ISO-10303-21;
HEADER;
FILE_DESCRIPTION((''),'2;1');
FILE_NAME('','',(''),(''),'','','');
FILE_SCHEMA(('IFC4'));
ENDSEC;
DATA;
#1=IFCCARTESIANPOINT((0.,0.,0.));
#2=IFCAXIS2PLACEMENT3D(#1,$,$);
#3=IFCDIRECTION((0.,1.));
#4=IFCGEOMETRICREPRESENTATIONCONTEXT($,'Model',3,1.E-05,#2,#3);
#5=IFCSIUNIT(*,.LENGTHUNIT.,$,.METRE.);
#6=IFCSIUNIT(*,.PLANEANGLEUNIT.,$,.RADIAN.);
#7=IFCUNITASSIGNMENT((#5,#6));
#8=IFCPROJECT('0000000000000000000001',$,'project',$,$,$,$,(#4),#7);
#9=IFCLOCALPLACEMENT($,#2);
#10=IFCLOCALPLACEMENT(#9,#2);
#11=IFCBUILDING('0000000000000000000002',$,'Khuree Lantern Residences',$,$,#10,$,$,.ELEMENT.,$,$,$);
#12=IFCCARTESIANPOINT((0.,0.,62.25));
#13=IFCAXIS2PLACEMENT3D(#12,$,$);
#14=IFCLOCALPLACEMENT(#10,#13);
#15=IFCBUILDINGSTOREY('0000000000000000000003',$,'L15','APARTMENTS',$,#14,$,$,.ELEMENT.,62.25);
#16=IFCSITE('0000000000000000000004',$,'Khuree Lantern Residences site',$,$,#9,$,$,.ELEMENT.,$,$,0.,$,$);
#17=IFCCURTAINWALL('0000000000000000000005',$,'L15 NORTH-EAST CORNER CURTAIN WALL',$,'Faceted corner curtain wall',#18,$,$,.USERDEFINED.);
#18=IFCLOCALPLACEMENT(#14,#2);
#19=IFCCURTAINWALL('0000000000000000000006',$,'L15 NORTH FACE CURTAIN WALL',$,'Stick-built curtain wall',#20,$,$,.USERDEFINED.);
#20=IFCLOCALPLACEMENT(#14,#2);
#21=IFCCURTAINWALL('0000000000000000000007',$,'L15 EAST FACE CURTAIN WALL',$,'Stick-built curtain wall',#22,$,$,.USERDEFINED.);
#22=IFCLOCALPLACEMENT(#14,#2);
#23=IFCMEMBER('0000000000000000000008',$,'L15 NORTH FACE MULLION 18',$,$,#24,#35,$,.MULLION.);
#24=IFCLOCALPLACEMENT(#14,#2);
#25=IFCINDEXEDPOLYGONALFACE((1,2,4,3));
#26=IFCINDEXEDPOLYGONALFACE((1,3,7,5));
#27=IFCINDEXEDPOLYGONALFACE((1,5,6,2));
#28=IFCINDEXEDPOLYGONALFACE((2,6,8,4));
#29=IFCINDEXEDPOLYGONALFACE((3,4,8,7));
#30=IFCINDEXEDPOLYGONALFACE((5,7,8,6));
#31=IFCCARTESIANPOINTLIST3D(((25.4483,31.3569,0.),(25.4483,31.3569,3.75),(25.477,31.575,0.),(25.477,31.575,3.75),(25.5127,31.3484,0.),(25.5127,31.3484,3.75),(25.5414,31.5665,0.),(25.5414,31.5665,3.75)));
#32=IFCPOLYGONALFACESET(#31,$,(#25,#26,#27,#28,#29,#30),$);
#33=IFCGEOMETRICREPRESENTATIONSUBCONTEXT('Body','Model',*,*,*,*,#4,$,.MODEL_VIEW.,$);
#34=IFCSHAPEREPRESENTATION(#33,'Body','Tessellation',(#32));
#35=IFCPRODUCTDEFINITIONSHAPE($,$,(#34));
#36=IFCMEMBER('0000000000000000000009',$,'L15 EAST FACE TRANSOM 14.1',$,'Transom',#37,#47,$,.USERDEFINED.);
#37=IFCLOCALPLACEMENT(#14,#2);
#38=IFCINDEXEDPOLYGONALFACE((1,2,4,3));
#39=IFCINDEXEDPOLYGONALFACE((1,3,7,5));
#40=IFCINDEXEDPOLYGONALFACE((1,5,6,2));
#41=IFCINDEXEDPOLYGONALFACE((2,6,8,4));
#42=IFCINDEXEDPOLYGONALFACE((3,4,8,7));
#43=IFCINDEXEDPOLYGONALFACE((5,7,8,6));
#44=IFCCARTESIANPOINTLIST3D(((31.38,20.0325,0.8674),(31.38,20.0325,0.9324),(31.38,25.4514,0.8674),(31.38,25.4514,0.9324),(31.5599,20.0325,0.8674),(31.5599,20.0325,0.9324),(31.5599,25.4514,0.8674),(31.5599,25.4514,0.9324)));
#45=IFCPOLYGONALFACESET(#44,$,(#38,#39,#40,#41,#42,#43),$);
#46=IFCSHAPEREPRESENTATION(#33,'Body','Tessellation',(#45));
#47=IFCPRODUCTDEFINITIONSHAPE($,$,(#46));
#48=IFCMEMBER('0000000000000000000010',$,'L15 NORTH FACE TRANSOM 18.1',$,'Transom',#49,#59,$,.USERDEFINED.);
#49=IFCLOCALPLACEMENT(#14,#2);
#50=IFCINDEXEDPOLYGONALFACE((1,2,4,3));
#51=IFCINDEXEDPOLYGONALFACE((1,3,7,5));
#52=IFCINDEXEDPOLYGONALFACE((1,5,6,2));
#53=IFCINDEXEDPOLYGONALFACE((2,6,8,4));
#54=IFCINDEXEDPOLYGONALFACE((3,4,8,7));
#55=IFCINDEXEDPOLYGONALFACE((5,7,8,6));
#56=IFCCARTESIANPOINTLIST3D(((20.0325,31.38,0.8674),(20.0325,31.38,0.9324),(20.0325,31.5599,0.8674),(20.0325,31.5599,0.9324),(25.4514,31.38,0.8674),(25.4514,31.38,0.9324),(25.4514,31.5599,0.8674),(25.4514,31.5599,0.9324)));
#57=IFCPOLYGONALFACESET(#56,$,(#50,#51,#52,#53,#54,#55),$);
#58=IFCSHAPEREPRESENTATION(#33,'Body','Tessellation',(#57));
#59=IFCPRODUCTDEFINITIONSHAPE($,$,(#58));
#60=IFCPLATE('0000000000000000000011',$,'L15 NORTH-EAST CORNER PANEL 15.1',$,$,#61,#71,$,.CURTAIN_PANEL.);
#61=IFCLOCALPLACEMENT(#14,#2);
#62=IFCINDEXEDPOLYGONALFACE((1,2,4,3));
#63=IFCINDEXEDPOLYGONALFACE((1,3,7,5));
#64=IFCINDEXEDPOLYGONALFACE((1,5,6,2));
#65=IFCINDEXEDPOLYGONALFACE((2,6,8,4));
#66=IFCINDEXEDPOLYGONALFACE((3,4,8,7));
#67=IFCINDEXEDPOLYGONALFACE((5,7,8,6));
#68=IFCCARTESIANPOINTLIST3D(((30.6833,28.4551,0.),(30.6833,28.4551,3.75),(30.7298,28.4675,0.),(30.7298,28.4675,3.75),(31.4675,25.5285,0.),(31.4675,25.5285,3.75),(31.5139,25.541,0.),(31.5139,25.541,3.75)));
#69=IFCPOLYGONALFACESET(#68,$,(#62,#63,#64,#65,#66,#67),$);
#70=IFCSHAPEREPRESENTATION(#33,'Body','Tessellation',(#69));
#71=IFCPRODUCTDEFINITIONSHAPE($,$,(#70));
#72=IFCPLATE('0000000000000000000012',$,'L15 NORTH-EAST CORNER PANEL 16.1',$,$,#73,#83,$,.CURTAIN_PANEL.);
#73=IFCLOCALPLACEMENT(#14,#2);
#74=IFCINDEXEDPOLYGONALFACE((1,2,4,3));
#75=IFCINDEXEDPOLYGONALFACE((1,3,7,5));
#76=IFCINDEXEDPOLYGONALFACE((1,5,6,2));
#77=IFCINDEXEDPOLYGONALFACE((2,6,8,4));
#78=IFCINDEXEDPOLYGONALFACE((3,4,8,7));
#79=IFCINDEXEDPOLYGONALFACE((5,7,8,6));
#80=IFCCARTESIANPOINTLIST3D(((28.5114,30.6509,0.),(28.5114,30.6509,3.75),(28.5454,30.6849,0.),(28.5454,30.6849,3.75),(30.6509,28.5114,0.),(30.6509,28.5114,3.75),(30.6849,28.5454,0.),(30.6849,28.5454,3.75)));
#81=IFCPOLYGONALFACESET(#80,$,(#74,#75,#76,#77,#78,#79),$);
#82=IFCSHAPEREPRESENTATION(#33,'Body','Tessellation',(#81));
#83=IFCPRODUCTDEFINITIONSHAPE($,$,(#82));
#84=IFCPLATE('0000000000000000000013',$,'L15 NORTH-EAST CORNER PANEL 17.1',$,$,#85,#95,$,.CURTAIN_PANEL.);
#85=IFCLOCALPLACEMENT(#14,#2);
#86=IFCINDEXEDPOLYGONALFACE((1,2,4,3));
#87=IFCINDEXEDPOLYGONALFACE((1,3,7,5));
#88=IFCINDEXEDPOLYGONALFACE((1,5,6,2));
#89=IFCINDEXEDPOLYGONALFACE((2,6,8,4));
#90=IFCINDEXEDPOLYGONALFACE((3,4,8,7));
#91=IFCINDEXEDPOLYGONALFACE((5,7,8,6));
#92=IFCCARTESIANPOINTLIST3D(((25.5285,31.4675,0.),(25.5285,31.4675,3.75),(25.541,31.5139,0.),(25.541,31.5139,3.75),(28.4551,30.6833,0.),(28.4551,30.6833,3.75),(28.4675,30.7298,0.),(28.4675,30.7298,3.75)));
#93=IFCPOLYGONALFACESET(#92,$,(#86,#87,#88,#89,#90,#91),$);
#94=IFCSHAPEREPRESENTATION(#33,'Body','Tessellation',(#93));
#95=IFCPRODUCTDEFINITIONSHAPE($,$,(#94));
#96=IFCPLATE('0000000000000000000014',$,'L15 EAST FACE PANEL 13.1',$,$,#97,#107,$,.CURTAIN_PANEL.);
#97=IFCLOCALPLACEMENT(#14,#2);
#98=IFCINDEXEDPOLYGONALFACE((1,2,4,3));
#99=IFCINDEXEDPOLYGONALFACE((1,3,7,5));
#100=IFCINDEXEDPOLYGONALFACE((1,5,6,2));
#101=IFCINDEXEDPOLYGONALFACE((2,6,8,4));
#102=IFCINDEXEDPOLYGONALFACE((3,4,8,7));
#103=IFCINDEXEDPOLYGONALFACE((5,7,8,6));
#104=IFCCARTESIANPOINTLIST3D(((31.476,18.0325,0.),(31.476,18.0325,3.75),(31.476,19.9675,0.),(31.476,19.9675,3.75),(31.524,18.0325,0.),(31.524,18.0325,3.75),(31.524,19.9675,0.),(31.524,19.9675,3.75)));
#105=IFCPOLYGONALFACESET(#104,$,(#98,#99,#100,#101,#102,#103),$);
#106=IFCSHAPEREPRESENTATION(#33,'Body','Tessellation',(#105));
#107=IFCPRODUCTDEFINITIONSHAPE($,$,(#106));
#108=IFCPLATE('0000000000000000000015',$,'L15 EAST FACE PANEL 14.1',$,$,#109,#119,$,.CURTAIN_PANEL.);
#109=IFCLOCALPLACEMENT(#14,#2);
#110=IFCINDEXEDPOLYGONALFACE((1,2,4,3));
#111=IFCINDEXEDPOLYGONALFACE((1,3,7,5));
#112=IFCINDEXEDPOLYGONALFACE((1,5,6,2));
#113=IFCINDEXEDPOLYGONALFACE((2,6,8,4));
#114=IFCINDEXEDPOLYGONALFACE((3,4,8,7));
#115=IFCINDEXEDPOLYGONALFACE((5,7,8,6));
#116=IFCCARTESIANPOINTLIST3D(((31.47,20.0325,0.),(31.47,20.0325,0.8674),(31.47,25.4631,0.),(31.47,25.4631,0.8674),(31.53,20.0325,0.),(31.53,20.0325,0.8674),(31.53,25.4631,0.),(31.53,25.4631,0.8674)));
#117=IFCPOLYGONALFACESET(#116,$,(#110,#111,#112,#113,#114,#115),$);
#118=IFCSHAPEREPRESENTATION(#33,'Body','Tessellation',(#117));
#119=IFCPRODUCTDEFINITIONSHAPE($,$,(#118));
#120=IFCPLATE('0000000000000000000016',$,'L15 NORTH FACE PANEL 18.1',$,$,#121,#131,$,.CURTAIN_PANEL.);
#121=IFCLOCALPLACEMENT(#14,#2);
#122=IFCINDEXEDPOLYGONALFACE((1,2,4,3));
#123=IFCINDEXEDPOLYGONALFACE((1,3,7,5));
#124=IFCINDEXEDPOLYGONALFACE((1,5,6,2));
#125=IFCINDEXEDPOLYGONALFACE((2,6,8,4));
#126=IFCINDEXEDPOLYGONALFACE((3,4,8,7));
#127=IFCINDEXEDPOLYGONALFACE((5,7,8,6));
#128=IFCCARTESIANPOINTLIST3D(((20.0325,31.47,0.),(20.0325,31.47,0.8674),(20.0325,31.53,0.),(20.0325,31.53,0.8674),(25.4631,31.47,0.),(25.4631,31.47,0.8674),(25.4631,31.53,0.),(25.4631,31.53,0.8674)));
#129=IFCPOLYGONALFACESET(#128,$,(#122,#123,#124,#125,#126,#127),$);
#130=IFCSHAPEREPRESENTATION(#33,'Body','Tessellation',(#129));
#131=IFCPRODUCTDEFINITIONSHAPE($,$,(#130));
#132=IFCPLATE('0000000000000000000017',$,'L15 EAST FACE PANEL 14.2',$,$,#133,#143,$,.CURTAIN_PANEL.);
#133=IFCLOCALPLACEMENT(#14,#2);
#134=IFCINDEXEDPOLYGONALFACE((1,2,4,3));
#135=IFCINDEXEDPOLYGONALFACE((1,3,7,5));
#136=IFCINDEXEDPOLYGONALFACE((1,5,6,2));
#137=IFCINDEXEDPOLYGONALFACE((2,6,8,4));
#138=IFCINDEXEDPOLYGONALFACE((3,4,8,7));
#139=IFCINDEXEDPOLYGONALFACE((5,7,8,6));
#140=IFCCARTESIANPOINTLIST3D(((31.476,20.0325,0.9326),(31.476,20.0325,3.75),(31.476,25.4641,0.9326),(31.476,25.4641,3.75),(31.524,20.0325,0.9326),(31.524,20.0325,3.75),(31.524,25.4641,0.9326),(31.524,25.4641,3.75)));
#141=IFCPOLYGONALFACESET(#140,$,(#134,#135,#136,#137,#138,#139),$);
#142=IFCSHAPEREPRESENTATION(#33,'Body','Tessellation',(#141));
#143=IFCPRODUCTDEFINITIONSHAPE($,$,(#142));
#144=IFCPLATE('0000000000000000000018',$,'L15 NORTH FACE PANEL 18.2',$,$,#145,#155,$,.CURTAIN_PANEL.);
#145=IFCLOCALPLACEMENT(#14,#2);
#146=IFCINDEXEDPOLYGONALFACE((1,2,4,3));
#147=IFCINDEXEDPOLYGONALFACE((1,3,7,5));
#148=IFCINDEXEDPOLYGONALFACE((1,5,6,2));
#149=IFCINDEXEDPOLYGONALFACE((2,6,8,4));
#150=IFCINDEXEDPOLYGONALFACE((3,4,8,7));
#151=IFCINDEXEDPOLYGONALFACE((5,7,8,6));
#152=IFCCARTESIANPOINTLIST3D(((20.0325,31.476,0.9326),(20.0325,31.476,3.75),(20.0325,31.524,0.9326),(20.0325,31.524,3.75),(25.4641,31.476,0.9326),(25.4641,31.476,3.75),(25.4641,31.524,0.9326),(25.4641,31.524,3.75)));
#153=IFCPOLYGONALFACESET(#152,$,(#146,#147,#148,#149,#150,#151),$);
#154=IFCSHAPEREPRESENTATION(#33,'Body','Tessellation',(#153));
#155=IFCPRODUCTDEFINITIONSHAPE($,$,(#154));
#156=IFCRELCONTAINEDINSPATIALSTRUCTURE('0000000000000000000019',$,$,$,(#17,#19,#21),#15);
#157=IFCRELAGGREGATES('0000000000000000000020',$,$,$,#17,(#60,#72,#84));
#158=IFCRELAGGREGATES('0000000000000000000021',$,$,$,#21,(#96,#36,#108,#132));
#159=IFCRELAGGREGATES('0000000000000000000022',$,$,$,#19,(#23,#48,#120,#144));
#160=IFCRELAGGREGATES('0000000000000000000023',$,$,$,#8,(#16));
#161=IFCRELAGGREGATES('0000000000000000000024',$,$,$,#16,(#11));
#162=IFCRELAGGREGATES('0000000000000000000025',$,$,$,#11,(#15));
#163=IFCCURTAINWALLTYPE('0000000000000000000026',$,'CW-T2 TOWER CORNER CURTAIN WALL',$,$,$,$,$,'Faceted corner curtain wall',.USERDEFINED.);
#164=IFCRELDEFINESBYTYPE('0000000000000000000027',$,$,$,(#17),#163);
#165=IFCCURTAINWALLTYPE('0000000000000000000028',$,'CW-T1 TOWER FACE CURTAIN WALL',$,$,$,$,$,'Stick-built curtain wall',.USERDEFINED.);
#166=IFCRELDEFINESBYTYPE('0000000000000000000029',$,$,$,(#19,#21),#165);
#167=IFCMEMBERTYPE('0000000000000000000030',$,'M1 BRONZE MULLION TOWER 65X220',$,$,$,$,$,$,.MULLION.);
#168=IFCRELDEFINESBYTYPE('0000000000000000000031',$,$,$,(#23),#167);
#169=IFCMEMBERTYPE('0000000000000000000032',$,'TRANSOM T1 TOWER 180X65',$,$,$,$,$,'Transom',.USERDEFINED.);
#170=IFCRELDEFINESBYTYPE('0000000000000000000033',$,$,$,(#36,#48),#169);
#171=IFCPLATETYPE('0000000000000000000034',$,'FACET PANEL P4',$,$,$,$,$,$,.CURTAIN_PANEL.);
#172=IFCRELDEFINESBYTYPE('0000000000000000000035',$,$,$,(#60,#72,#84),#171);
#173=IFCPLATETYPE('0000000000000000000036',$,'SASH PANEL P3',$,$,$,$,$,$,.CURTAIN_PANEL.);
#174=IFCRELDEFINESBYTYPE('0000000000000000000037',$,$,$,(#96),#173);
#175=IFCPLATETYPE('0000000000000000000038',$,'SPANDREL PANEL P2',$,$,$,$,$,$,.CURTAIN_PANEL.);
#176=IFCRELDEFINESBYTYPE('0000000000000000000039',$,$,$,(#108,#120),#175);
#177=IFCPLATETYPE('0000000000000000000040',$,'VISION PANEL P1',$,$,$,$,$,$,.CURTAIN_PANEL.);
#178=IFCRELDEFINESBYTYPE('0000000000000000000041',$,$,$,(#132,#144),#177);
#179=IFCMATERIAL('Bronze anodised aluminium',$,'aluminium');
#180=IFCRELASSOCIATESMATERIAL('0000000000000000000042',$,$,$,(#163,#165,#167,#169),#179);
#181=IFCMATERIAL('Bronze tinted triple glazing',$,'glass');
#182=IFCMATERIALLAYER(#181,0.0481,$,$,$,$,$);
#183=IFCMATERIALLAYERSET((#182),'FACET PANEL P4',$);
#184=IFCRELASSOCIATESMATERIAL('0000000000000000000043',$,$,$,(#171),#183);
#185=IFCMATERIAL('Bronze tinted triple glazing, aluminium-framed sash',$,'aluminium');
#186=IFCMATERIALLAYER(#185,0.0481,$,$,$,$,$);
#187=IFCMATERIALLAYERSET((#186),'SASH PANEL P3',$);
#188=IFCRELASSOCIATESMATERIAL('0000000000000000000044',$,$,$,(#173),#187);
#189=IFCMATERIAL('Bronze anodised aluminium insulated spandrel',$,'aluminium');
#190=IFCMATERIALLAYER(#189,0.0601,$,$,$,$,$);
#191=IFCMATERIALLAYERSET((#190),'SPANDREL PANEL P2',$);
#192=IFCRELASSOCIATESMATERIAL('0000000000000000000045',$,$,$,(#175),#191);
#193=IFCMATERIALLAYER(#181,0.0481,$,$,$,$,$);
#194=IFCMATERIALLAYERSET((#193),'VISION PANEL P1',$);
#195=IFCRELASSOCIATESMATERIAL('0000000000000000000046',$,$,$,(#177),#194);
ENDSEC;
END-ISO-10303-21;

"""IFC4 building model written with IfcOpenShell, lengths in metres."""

from ifc_helpers import new_model, si_unit, direction, frame, origin, origin_2d, place, context, subcontext, project, spatial, rectangle, extrude, material, layer, layer_set, material_profile, profile_set, type_object, element, aggregate, save


model = new_model("IFC4")

# Units and contexts
model_context = context("Model", 3, precision=1e-05, world=origin(), true_north=direction((0.0, 1.0)))
body_context = subcontext(model_context, "Body", "Model", "MODEL_VIEW")
ifc_project = project(units=[si_unit("LENGTHUNIT", "METRE"), si_unit("PLANEANGLEUNIT", "RADIAN")], contexts=[model_context])

# Site, building, storey
site_placement = place(None, origin())
site = spatial("IfcSite", under=ifc_project, at=site_placement, Name="Khuree Lantern Residences site", CompositionType="ELEMENT", RefElevation=0.0)
building_placement = place(site_placement, origin())
building = spatial("IfcBuilding", under=site, at=building_placement, Name="Khuree Lantern Residences", CompositionType="ELEMENT")
storey_placement = place(building_placement, frame((0.0, 0.0, 62.25)))
storey = spatial("IfcBuildingStorey", under=building, at=storey_placement, Name="L15", Description="APARTMENTS", CompositionType="ELEMENT", Elevation=62.25)

# Curtain walls
ifc_material_1 = material(Name="Bronze anodised aluminium", Category="aluminium")
curtain_wall_type_1 = type_object("IfcCurtainWallType", Name="CW-T2 TOWER CORNER CURTAIN WALL", ElementType="Faceted corner curtain wall", PredefinedType="USERDEFINED", material=ifc_material_1)
curtain_wall_1_placement = place(storey_placement, origin())
curtain_wall_1 = element("IfcCurtainWall", 1, at=curtain_wall_1_placement, inside=storey, type_object=curtain_wall_type_1, Name="L15 NORTH-EAST CORNER CURTAIN WALL", ObjectType="Faceted corner curtain wall", PredefinedType="USERDEFINED")
curtain_wall_type_2 = type_object("IfcCurtainWallType", Name="CW-T1 TOWER FACE CURTAIN WALL", ElementType="Stick-built curtain wall", PredefinedType="USERDEFINED", material=ifc_material_1)
curtain_wall_2_placement = place(storey_placement, origin())
curtain_wall_2 = element("IfcCurtainWall", 2, at=curtain_wall_2_placement, inside=storey, type_object=curtain_wall_type_2, Name="L15 NORTH FACE CURTAIN WALL", ObjectType="Stick-built curtain wall", PredefinedType="USERDEFINED")

# Curtain wall
curtain_wall_3_placement = place(storey_placement, origin())
curtain_wall_3 = element("IfcCurtainWall", 3, at=curtain_wall_3_placement, inside=storey, type_object=curtain_wall_type_2, Name="L15 EAST FACE CURTAIN WALL", ObjectType="Stick-built curtain wall", PredefinedType="USERDEFINED")
ifc_material_profile_1 = material_profile(ifc_material_1, rectangle(XDim=0.0649, YDim=0.22, at=origin_2d()), Name="M1 65X220")
ifc_profile_set_1 = profile_set([ifc_material_profile_1], Name="Bronze anodised aluminium")
member_type_1 = type_object("IfcMemberType", Name="M1 BRONZE MULLION TOWER 65X220", PredefinedType="MULLION", material=ifc_profile_set_1)

# Members
member_1_placement = place(storey_placement, frame((25.4949, 31.4617, 0.0), z_axis=(0.0, 0.0, 1.0), x_axis=(-0.991445, 0.130526, 0.0)))
member_1 = element("IfcMember", 4, at=member_1_placement, type_object=member_type_1, Name="L15 NORTH FACE MULLION 18", PredefinedType="MULLION", context=body_context, shape_type="SweptSolid", body=[
    extrude(rectangle(XDim=0.0649, YDim=0.22, at=origin_2d()), origin(), (0.0, 0.0, 1.0), 3.75),
])
ifc_material_profile_2 = material_profile(ifc_material_1, rectangle(XDim=0.1799, YDim=0.0649, at=origin_2d()), Name="T1 180X65")
ifc_profile_set_2 = profile_set([ifc_material_profile_2], Name="Bronze anodised aluminium")
member_type_2 = type_object("IfcMemberType", Name="TRANSOM T1 TOWER 180X65", ElementType="Transom", PredefinedType="USERDEFINED", material=ifc_profile_set_2)
member_2_placement = place(storey_placement, frame((31.47, 20.0325, 0.8999), z_axis=(0.0, 1.0, 0.0), x_axis=(-1.0, 0.0, 0.0)))
member_2 = element("IfcMember", 5, at=member_2_placement, type_object=member_type_2, Name="L15 EAST FACE TRANSOM 14.1", ObjectType="Transom", PredefinedType="USERDEFINED", context=body_context, shape_type="SweptSolid", body=[
    extrude(rectangle(XDim=0.1799, YDim=0.0649, at=origin_2d()), origin(), (0.0, 0.0, 1.0), 5.4189),
])
member_3_placement = place(storey_placement, frame((25.4514, 31.47, 0.8999), z_axis=(-1.0, 0.0, 0.0), x_axis=(0.0, -1.0, 0.0)))
member_3 = element("IfcMember", 6, at=member_3_placement, type_object=member_type_2, Name="L15 NORTH FACE TRANSOM 18.1", ObjectType="Transom", PredefinedType="USERDEFINED", context=body_context, shape_type="SweptSolid", body=[
    extrude(rectangle(XDim=0.1799, YDim=0.0649, at=origin_2d()), origin(), (0.0, 0.0, 1.0), 5.4189),
])

# Plates
ifc_material_2 = material(Name="Bronze tinted triple glazing", Category="glass")
ifc_layer_1 = layer(ifc_material_2, 0.0481)
ifc_layer_set_1 = layer_set([ifc_layer_1], Name="FACET PANEL P4")
plate_type_1 = type_object("IfcPlateType", Name="FACET PANEL P4", PredefinedType="CURTAIN_PANEL", material=ifc_layer_set_1)
plate_1_placement = place(storey_placement, frame((31.0986, 26.998, 0.0), z_axis=(0.0, 0.0, 1.0), x_axis=(-0.258819, 0.965926, 0.0)))
plate_1 = element("IfcPlate", 7, at=plate_1_placement, type_object=plate_type_1, Name="L15 NORTH-EAST CORNER PANEL 15.1", PredefinedType="CURTAIN_PANEL", context=body_context, shape_type="SweptSolid", body=[
    extrude(rectangle(XDim=3.0298, YDim=0.0481, at=origin_2d()), origin(), (0.0, 0.0, 1.0), 3.75),
])
plate_2_placement = place(storey_placement, frame((29.5981, 29.5981, 0.0), z_axis=(0.0, 0.0, 1.0), x_axis=(-0.707107, 0.707107, 0.0)))
plate_2 = element("IfcPlate", 8, at=plate_2_placement, type_object=plate_type_1, Name="L15 NORTH-EAST CORNER PANEL 16.1", PredefinedType="CURTAIN_PANEL", context=body_context, shape_type="SweptSolid", body=[
    extrude(rectangle(XDim=3.0256, YDim=0.0481, at=origin_2d()), origin(), (0.0, 0.0, 1.0), 3.75),
])
plate_3_placement = place(storey_placement, frame((26.998, 31.0986, 0.0), z_axis=(0.0, 0.0, 1.0), x_axis=(-0.965926, 0.258819, 0.0)))
plate_3 = element("IfcPlate", 9, at=plate_3_placement, type_object=plate_type_1, Name="L15 NORTH-EAST CORNER PANEL 17.1", PredefinedType="CURTAIN_PANEL", context=body_context, shape_type="SweptSolid", body=[
    extrude(rectangle(XDim=3.0298, YDim=0.0481, at=origin_2d()), origin(), (0.0, 0.0, 1.0), 3.75),
])
aggregate(curtain_wall_1, [plate_1, plate_2, plate_3])
ifc_material_3 = material(Name="Bronze tinted triple glazing, aluminium-framed sash", Category="aluminium")
ifc_layer_2 = layer(ifc_material_3, 0.0481)
ifc_layer_set_2 = layer_set([ifc_layer_2], Name="SASH PANEL P3")
plate_type_2 = type_object("IfcPlateType", Name="SASH PANEL P3", PredefinedType="CURTAIN_PANEL", material=ifc_layer_set_2)
plate_4_placement = place(storey_placement, frame((31.5, 19.0, 0.0), z_axis=(0.0, 0.0, 1.0), x_axis=(0.0, 1.0, 0.0)))
plate_4 = element("IfcPlate", 10, at=plate_4_placement, type_object=plate_type_2, Name="L15 EAST FACE PANEL 13.1", PredefinedType="CURTAIN_PANEL", context=body_context, shape_type="SweptSolid", body=[
    extrude(rectangle(XDim=1.9351, YDim=0.0481, at=origin_2d()), origin(), (0.0, 0.0, 1.0), 3.75),
])
ifc_material_4 = material(Name="Bronze anodised aluminium insulated spandrel", Category="aluminium")
ifc_layer_3 = layer(ifc_material_4, 0.0601)
ifc_layer_set_3 = layer_set([ifc_layer_3], Name="SPANDREL PANEL P2")
plate_type_3 = type_object("IfcPlateType", Name="SPANDREL PANEL P2", PredefinedType="CURTAIN_PANEL", material=ifc_layer_set_3)
plate_5_placement = place(storey_placement, frame((31.5, 22.7478, 0.0), z_axis=(0.0, 0.0, 1.0), x_axis=(0.0, 1.0, 0.0)))
plate_5 = element("IfcPlate", 11, at=plate_5_placement, type_object=plate_type_3, Name="L15 EAST FACE PANEL 14.1", PredefinedType="CURTAIN_PANEL", context=body_context, shape_type="SweptSolid", body=[
    extrude(rectangle(XDim=5.4307, YDim=0.0601, at=origin_2d()), origin(), (0.0, 0.0, 1.0), 0.8674),
])
plate_6_placement = place(storey_placement, frame((22.7478, 31.5, 0.0), z_axis=(0.0, 0.0, 1.0), x_axis=(-1.0, 0.0, 0.0)))
plate_6 = element("IfcPlate", 12, at=plate_6_placement, type_object=plate_type_3, Name="L15 NORTH FACE PANEL 18.1", PredefinedType="CURTAIN_PANEL", context=body_context, shape_type="SweptSolid", body=[
    extrude(rectangle(XDim=5.4307, YDim=0.0601, at=origin_2d()), origin(), (0.0, 0.0, 1.0), 0.8674),
])
ifc_layer_4 = layer(ifc_material_2, 0.0481)
ifc_layer_set_4 = layer_set([ifc_layer_4], Name="VISION PANEL P1")
plate_type_4 = type_object("IfcPlateType", Name="VISION PANEL P1", PredefinedType="CURTAIN_PANEL", material=ifc_layer_set_4)
plate_7_placement = place(storey_placement, frame((31.5, 22.7483, 0.9326), z_axis=(0.0, 0.0, 1.0), x_axis=(0.0, 1.0, 0.0)))
plate_7 = element("IfcPlate", 13, at=plate_7_placement, type_object=plate_type_4, Name="L15 EAST FACE PANEL 14.2", PredefinedType="CURTAIN_PANEL", context=body_context, shape_type="SweptSolid", body=[
    extrude(rectangle(XDim=5.4316, YDim=0.0481, at=origin_2d()), origin(), (0.0, 0.0, 1.0), 2.8174),
])
aggregate(curtain_wall_3, [plate_4, member_2, plate_5, plate_7])
plate_8_placement = place(storey_placement, frame((22.7483, 31.5, 0.9326), z_axis=(0.0, 0.0, 1.0), x_axis=(-1.0, 0.0, 0.0)))
plate_8 = element("IfcPlate", 14, at=plate_8_placement, type_object=plate_type_4, Name="L15 NORTH FACE PANEL 18.2", PredefinedType="CURTAIN_PANEL", context=body_context, shape_type="SweptSolid", body=[
    extrude(rectangle(XDim=5.4316, YDim=0.0481, at=origin_2d()), origin(), (0.0, 0.0, 1.0), 2.8174),
])
aggregate(curtain_wall_2, [member_1, member_3, plate_6, plate_8])

save(model, "model.ifc")
